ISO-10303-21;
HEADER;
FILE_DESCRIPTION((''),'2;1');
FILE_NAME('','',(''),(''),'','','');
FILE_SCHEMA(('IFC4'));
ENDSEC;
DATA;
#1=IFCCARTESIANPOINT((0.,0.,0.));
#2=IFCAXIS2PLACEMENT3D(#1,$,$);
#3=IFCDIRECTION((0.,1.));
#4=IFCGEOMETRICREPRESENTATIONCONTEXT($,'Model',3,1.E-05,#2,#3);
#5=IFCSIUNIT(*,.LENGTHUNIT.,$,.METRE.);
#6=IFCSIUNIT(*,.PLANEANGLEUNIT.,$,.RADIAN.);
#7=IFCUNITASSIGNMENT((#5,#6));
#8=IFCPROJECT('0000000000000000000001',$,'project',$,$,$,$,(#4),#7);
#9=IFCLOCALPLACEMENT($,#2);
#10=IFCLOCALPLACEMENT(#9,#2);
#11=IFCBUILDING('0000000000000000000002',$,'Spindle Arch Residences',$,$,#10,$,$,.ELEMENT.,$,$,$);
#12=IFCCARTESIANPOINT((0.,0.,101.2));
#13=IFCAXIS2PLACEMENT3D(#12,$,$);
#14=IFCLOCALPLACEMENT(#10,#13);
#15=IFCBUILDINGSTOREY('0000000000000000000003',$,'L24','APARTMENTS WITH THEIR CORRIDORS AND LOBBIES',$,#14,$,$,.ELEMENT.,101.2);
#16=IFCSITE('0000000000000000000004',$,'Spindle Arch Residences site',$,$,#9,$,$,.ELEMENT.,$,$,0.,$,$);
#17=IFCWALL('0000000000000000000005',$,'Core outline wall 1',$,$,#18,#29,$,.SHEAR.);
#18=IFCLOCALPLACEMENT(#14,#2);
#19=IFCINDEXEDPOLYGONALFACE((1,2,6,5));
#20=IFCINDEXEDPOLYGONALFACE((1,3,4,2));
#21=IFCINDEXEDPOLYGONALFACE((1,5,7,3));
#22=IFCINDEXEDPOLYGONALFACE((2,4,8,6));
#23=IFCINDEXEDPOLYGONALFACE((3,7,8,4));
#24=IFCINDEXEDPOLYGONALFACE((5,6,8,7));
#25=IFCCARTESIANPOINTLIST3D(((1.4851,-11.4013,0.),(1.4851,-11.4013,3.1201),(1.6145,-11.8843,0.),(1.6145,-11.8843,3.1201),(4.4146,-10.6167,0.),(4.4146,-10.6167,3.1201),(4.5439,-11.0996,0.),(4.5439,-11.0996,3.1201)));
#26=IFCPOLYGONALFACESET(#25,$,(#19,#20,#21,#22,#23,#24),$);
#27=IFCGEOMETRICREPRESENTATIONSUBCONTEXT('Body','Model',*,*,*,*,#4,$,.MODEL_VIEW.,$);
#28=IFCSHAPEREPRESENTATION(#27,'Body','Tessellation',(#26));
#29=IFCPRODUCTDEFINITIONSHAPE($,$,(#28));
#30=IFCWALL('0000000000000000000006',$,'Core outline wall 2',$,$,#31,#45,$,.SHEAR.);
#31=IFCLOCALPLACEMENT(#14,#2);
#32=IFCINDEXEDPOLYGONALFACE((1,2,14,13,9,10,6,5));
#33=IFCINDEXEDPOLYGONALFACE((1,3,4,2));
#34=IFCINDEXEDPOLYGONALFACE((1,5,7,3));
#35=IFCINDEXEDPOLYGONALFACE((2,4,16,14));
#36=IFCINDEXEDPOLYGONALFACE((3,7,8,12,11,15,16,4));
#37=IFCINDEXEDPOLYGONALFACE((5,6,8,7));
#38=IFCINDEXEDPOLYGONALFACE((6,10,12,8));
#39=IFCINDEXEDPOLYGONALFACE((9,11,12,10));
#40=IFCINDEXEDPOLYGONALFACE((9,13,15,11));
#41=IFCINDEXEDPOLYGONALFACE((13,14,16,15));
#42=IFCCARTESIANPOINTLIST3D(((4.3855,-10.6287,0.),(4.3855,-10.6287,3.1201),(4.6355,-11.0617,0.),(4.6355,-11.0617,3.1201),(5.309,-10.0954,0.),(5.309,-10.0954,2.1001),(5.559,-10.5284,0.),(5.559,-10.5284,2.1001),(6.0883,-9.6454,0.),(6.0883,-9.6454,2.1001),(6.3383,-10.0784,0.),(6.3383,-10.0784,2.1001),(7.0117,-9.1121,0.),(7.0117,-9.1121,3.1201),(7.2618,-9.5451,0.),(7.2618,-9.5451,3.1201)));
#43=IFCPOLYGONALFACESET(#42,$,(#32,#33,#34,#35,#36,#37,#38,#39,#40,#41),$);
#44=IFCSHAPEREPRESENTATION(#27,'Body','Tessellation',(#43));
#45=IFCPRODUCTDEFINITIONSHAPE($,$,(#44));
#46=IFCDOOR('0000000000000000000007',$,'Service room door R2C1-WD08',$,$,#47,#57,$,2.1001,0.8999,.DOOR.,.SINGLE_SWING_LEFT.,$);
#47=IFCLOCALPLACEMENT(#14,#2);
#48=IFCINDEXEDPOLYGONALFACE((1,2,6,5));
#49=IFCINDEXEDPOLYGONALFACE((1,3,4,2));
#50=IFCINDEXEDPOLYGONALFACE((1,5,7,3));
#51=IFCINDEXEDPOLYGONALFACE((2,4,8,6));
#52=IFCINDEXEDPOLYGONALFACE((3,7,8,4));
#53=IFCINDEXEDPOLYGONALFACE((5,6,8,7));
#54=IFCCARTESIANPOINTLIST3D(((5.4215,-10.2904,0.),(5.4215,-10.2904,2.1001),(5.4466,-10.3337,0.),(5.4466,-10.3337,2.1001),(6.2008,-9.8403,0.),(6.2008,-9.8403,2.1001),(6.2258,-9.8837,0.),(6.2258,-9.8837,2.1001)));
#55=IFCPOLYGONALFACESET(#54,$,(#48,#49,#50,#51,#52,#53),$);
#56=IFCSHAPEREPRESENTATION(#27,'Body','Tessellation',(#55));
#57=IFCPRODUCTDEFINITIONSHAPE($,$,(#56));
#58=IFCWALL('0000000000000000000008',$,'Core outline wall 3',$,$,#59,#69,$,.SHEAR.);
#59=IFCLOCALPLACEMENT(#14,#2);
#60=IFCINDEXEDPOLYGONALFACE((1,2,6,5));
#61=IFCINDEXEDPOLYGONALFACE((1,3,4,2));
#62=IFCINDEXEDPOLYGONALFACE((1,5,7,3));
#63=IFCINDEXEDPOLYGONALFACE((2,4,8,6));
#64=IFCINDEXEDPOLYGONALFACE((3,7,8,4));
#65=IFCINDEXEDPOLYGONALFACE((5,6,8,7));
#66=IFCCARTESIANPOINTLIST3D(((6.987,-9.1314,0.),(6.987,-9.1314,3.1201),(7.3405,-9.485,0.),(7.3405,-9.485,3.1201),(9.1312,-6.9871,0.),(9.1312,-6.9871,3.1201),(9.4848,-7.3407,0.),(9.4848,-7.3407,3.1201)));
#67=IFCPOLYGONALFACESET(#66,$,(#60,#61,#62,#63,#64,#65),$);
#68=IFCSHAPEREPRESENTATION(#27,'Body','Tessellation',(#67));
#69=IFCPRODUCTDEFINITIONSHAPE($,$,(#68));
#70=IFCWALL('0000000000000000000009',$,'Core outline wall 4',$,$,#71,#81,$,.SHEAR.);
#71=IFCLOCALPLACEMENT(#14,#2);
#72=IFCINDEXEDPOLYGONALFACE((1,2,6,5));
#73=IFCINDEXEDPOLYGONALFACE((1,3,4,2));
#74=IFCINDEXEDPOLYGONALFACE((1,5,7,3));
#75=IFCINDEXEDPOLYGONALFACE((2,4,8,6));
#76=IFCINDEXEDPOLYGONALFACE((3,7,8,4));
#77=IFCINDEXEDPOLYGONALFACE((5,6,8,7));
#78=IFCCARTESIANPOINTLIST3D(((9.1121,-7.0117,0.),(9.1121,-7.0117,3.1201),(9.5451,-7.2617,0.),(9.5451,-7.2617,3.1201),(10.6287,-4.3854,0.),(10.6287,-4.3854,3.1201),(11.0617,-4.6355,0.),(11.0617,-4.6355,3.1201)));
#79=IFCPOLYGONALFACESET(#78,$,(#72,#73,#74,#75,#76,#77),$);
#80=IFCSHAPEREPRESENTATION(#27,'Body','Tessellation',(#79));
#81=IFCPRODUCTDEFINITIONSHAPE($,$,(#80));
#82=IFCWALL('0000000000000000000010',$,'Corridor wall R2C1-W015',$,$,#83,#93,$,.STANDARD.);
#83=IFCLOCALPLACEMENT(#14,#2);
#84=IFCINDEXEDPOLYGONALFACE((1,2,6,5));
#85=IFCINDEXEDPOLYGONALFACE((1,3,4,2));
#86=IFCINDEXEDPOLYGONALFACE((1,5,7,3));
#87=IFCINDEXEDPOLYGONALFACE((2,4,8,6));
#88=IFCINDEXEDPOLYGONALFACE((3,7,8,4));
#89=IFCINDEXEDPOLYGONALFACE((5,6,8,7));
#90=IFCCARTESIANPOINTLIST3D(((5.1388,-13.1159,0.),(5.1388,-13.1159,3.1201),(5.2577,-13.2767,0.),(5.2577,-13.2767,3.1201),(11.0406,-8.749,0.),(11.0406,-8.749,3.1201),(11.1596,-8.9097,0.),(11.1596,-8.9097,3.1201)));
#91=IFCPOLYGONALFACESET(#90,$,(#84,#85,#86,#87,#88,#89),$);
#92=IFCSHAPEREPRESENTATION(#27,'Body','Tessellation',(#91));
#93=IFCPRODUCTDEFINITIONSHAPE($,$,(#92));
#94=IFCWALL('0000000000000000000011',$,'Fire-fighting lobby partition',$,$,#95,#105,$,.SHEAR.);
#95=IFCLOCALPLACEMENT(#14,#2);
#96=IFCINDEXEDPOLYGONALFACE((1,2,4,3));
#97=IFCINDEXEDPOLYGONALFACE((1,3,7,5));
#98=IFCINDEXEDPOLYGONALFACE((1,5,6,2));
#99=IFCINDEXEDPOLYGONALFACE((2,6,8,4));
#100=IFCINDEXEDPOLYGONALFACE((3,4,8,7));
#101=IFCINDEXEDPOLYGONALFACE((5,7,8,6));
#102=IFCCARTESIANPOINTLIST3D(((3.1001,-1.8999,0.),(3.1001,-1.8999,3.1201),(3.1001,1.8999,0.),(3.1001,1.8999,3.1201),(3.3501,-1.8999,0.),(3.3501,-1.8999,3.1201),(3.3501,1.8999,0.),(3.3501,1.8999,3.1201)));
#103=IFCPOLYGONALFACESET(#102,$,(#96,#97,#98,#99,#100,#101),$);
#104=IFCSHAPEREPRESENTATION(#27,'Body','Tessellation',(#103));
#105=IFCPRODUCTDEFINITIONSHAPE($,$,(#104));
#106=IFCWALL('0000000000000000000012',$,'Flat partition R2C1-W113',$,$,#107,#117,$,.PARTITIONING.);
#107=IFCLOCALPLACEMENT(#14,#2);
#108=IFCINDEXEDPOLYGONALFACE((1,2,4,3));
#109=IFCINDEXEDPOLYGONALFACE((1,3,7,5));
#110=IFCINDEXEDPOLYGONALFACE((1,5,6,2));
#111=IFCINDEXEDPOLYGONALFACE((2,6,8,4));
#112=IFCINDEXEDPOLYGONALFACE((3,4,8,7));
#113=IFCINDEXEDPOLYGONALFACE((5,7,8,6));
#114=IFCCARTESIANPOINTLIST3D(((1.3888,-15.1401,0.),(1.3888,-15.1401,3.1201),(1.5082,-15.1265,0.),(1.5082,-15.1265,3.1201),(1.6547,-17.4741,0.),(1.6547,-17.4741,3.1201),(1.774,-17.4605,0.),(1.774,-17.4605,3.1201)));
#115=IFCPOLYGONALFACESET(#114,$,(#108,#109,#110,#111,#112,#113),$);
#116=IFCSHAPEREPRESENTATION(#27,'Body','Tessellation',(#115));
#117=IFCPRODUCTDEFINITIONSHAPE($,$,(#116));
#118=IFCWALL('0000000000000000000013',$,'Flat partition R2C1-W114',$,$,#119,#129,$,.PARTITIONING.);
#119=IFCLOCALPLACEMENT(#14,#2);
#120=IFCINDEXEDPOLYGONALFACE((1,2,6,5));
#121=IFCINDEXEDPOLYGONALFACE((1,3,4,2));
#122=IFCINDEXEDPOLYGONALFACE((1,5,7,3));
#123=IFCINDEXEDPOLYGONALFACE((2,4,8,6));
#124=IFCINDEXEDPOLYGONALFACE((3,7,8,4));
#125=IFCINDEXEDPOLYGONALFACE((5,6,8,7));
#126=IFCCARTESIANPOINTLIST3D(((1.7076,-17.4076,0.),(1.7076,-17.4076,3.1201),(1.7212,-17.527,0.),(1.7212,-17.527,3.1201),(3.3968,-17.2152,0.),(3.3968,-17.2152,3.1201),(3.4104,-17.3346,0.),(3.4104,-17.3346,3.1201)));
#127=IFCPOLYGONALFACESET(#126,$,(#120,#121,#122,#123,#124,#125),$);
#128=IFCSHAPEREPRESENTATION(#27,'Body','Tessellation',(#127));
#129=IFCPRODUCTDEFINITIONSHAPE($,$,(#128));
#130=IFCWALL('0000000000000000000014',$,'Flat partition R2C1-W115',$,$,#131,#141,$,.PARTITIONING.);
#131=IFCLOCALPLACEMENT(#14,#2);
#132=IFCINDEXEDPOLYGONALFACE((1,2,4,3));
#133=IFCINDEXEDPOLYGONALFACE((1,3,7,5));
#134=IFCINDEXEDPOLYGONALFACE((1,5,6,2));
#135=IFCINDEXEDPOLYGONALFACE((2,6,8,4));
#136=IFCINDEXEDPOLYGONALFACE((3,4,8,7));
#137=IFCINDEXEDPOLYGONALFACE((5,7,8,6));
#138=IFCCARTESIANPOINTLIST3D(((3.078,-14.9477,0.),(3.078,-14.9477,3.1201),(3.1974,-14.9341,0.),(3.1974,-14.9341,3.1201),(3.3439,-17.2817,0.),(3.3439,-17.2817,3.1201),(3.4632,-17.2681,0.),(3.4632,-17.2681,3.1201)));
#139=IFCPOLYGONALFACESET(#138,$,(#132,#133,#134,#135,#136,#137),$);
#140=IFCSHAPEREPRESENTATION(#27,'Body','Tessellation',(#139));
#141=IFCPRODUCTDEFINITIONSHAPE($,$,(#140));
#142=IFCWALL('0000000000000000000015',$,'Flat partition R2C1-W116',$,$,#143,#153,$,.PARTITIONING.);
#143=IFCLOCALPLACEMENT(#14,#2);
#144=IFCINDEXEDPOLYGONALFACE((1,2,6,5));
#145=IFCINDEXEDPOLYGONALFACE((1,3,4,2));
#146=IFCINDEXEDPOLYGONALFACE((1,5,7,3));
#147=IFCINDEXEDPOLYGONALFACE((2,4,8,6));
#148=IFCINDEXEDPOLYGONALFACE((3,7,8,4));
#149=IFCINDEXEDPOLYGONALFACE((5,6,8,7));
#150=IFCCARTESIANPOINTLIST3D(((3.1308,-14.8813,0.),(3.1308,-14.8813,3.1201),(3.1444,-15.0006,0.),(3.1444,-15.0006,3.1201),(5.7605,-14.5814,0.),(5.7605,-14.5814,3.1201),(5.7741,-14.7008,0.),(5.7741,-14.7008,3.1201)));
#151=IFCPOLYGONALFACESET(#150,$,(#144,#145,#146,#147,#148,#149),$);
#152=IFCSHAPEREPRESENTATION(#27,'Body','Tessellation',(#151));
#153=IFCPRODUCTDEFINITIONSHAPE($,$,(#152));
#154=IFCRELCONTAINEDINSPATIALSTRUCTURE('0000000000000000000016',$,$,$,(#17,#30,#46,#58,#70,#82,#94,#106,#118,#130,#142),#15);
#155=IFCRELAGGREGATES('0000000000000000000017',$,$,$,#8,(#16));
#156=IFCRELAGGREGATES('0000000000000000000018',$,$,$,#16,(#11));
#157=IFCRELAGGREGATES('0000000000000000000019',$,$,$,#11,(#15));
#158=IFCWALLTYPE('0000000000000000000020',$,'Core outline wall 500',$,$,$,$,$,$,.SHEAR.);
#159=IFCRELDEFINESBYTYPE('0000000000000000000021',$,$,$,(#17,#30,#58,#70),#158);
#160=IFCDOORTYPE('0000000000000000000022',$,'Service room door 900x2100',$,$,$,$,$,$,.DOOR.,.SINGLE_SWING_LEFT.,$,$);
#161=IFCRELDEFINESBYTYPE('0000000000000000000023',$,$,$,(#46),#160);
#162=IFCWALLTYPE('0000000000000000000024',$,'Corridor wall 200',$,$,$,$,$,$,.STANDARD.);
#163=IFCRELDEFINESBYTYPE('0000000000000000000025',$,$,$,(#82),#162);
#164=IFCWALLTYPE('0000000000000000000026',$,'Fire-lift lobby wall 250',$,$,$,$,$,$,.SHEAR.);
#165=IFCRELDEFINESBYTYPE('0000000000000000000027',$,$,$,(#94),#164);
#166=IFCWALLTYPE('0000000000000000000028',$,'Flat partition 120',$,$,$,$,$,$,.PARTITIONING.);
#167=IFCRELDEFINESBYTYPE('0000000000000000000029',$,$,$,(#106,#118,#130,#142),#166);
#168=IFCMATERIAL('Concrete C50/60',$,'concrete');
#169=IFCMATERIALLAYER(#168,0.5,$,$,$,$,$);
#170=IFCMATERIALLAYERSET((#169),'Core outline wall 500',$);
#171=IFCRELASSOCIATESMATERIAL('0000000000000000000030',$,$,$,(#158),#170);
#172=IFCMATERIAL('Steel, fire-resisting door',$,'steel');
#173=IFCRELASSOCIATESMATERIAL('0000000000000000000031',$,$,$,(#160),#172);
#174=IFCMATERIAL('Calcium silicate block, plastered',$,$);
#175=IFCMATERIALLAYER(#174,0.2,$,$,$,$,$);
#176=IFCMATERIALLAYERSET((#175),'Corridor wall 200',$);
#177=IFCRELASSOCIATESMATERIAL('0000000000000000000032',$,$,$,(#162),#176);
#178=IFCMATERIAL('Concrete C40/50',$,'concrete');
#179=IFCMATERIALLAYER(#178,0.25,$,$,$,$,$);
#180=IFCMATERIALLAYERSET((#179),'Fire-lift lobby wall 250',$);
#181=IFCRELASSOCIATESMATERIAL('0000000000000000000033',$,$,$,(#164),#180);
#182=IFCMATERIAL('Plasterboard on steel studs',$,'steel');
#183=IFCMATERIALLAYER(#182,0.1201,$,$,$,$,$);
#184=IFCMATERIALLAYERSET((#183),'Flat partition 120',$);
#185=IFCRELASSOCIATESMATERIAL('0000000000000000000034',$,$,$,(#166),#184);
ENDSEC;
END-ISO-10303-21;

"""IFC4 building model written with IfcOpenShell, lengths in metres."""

from ifc_helpers import new_model, si_unit, direction, frame, frame_2d, origin, place, context, subcontext, project, spatial, rectangle, extrude, material, layer, layer_set, type_object, element, fill, save


model = new_model("IFC4")

# Units and contexts
model_context = context("Model", 3, precision=1e-05, world=origin(), true_north=direction((0.0, 1.0)))
body_context = subcontext(model_context, "Body", "Model", "MODEL_VIEW")
ifc_project = project(units=[si_unit("LENGTHUNIT", "METRE"), si_unit("PLANEANGLEUNIT", "RADIAN")], contexts=[model_context])

# Site, building, storey
site_placement = place(None, origin())
site = spatial("IfcSite", under=ifc_project, at=site_placement, Name="Spindle Arch Residences site", CompositionType="ELEMENT", RefElevation=0.0)
building_placement = place(site_placement, origin())
building = spatial("IfcBuilding", under=site, at=building_placement, Name="Spindle Arch Residences", CompositionType="ELEMENT")
storey_placement = place(building_placement, frame((0.0, 0.0, 101.2)))
storey = spatial("IfcBuildingStorey", under=building, at=storey_placement, Name="L24", Description="APARTMENTS WITH THEIR CORRIDORS AND LOBBIES", CompositionType="ELEMENT", Elevation=101.2)

# Wall
ifc_material_1 = material(Name="Concrete C50/60", Category="concrete")
ifc_layer_1 = layer(ifc_material_1, 0.5)
ifc_layer_set_1 = layer_set([ifc_layer_1], Name="Core outline wall 500")
wall_type_1 = type_object("IfcWallType", Name="Core outline wall 500", PredefinedType="SHEAR", material=ifc_layer_set_1)
wall_1_placement = place(storey_placement, frame((1.5498, -11.6428, 0.0), z_axis=(0.0, 0.0, 1.0), x_axis=(0.965948, 0.258735, 0.0)))
element("IfcWall", 1, at=wall_1_placement, inside=storey, type_object=wall_type_1, Name="Core outline wall 1", PredefinedType="SHEAR", context=body_context, shape_type="SweptSolid", body=[
    extrude(rectangle(XDim=3.0327, YDim=0.5, at=frame_2d((1.5164, 0.0))), origin(), (0.0, 0.0, 1.0), 3.1201),
])

# Wall, opening, door
wall_2_placement = place(storey_placement, frame((4.5105, -10.8452, 0.0), z_axis=(0.0, 0.0, 1.0), x_axis=(0.865975, 0.500087, 0.0)))
wall_2 = element("IfcWall", 2, at=wall_2_placement, inside=storey, type_object=wall_type_1, Name="Core outline wall 2", PredefinedType="SHEAR", context=body_context, shape_type="SweptSolid", body=[
    extrude(rectangle(XDim=3.0327, YDim=0.5, at=frame_2d((1.5164, 0.0))), origin(), (0.0, 0.0, 1.0), 3.1201),
])
opening_1_placement = place(wall_2_placement, frame((1.0664, 0.0, 0.0)))
opening_1 = element("IfcOpeningElement", 3, at=opening_1_placement, cuts=wall_2, PredefinedType="OPENING", context=body_context, shape_type="SweptSolid", body=[
    extrude(rectangle(XDim=0.8999, YDim=2.1001, at=frame_2d((0.45, 1.05))), frame((0.0, 0.26, 0.0), z_axis=(0.0, -1.0, 0.0), x_axis=(1.0, 0.0, 0.0)), (0.0, 0.0, 1.0), 0.52),
])
ifc_material_2 = material(Name="Steel, fire-resisting door", Category="steel")
door_type_1 = type_object("IfcDoorType", Name="Service room door 900x2100", OperationType="SINGLE_SWING_LEFT", PredefinedType="DOOR", material=ifc_material_2)
door_1_placement = place(opening_1_placement, origin())
door_1 = element("IfcDoor", 4, at=door_1_placement, inside=storey, type_object=door_type_1, Name="Service room door R2C1-WD08", OperationType="SINGLE_SWING_LEFT", OverallHeight=2.1001, OverallWidth=0.8999, PredefinedType="DOOR", context=body_context, shape_type="SweptSolid", body=[
    extrude(rectangle(XDim=0.8999, YDim=2.1001, at=frame_2d((0.45, 1.05))), frame((0.0, 0.0249, 0.0), z_axis=(0.0, -1.0, 0.0), x_axis=(1.0, 0.0, 0.0)), (0.0, 0.0, 1.0), 0.05),
])
fill(opening_1, door_1)

# Walls
wall_3_placement = place(storey_placement, frame((7.1638, -9.3081, 0.0), z_axis=(0.0, 0.0, 1.0), x_axis=(0.707107, 0.707107, 0.0)))
element("IfcWall", 5, at=wall_3_placement, inside=storey, type_object=wall_type_1, Name="Core outline wall 3", PredefinedType="SHEAR", context=body_context, shape_type="SweptSolid", body=[
    extrude(rectangle(XDim=3.0325, YDim=0.5, at=frame_2d((1.5161, 0.0))), origin(), (0.0, 0.0, 1.0), 3.1201),
])
wall_4_placement = place(storey_placement, frame((9.3286, -7.1367, 0.0), z_axis=(0.0, 0.0, 1.0), x_axis=(0.500087, 0.865975, 0.0)))
element("IfcWall", 6, at=wall_4_placement, inside=storey, type_object=wall_type_1, Name="Core outline wall 4", PredefinedType="SHEAR", context=body_context, shape_type="SweptSolid", body=[
    extrude(rectangle(XDim=3.0327, YDim=0.5, at=frame_2d((1.5164, 0.0))), origin(), (0.0, 0.0, 1.0), 3.1201),
])
ifc_material_3 = material(Name="Calcium silicate block, plastered")
ifc_layer_2 = layer(ifc_material_3, 0.2)
ifc_layer_set_2 = layer_set([ifc_layer_2], Name="Corridor wall 200")
wall_type_2 = type_object("IfcWallType", Name="Corridor wall 200", PredefinedType="STANDARD", material=ifc_layer_set_2)
wall_5_placement = place(storey_placement, frame((5.1982, -13.1963, 0.0), z_axis=(0.0, 0.0, 1.0), x_axis=(0.80387, 0.594805, 0.0)))
element("IfcWall", 7, at=wall_5_placement, inside=storey, type_object=wall_type_2, Name="Corridor wall R2C1-W015", PredefinedType="STANDARD", context=body_context, shape_type="SweptSolid", body=[
    extrude(rectangle(XDim=7.3418, YDim=0.2, at=frame_2d((3.6709, 0.0))), origin(), (0.0, 0.0, 1.0), 3.1201),
])
ifc_material_4 = material(Name="Concrete C40/50", Category="concrete")
ifc_layer_3 = layer(ifc_material_4, 0.25)
ifc_layer_set_3 = layer_set([ifc_layer_3], Name="Fire-lift lobby wall 250")
wall_type_3 = type_object("IfcWallType", Name="Fire-lift lobby wall 250", PredefinedType="SHEAR", material=ifc_layer_set_3)
wall_6_placement = place(storey_placement, frame((3.2251, -1.8999, 0.0), z_axis=(0.0, 0.0, 1.0), x_axis=(0.0, 1.0, 0.0)))
element("IfcWall", 8, at=wall_6_placement, inside=storey, type_object=wall_type_3, Name="Fire-fighting lobby partition", PredefinedType="SHEAR", context=body_context, shape_type="SweptSolid", body=[
    extrude(rectangle(XDim=3.7998, YDim=0.25, at=frame_2d((1.8999, 0.0))), origin(), (0.0, 0.0, 1.0), 3.1201),
])

# Walls
ifc_material_5 = material(Name="Plasterboard on steel studs", Category="steel")
ifc_layer_4 = layer(ifc_material_5, 0.1201)
ifc_layer_set_4 = layer_set([ifc_layer_4], Name="Flat partition 120")
wall_type_4 = type_object("IfcWallType", Name="Flat partition 120", PredefinedType="PARTITIONING", material=ifc_layer_set_4)
wall_7_placement = place(storey_placement, frame((1.4485, -15.1333, 0.0), z_axis=(0.0, 0.0, 1.0), x_axis=(0.11318, -0.993574, 0.0)))
element("IfcWall", 9, at=wall_7_placement, inside=storey, type_object=wall_type_4, Name="Flat partition R2C1-W113", PredefinedType="PARTITIONING", context=body_context, shape_type="SweptSolid", body=[
    extrude(rectangle(XDim=2.3491, YDim=0.1201, at=frame_2d((1.1746, 0.0))), origin(), (0.0, 0.0, 1.0), 3.1201),
])
wall_8_placement = place(storey_placement, frame((1.7144, -17.4673, 0.0), z_axis=(0.0, 0.0, 1.0), x_axis=(0.993577, 0.113158, 0.0)))
element("IfcWall", 10, at=wall_8_placement, inside=storey, type_object=wall_type_4, Name="Flat partition R2C1-W114", PredefinedType="PARTITIONING", context=body_context, shape_type="SweptSolid", body=[
    extrude(rectangle(XDim=1.7002, YDim=0.1201, at=frame_2d((0.8501, 0.0))), origin(), (0.0, 0.0, 1.0), 3.1201),
])
wall_9_placement = place(storey_placement, frame((3.4036, -17.2749, 0.0), z_axis=(0.0, 0.0, 1.0), x_axis=(-0.11318, 0.993574, 0.0)))
element("IfcWall", 11, at=wall_9_placement, inside=storey, type_object=wall_type_4, Name="Flat partition R2C1-W115", PredefinedType="PARTITIONING", context=body_context, shape_type="SweptSolid", body=[
    extrude(rectangle(XDim=2.3491, YDim=0.1201, at=frame_2d((1.1746, 0.0))), origin(), (0.0, 0.0, 1.0), 3.1201),
])
wall_10_placement = place(storey_placement, frame((3.1377, -14.9409, 0.0), z_axis=(0.0, 0.0, 1.0), x_axis=(0.993564, 0.113276, 0.0)))
element("IfcWall", 12, at=wall_10_placement, inside=storey, type_object=wall_type_4, Name="Flat partition R2C1-W116", PredefinedType="PARTITIONING", context=body_context, shape_type="SweptSolid", body=[
    extrude(rectangle(XDim=2.6467, YDim=0.1201, at=frame_2d((1.3232, 0.0))), origin(), (0.0, 0.0, 1.0), 3.1201),
])

save(model, "model.ifc")
